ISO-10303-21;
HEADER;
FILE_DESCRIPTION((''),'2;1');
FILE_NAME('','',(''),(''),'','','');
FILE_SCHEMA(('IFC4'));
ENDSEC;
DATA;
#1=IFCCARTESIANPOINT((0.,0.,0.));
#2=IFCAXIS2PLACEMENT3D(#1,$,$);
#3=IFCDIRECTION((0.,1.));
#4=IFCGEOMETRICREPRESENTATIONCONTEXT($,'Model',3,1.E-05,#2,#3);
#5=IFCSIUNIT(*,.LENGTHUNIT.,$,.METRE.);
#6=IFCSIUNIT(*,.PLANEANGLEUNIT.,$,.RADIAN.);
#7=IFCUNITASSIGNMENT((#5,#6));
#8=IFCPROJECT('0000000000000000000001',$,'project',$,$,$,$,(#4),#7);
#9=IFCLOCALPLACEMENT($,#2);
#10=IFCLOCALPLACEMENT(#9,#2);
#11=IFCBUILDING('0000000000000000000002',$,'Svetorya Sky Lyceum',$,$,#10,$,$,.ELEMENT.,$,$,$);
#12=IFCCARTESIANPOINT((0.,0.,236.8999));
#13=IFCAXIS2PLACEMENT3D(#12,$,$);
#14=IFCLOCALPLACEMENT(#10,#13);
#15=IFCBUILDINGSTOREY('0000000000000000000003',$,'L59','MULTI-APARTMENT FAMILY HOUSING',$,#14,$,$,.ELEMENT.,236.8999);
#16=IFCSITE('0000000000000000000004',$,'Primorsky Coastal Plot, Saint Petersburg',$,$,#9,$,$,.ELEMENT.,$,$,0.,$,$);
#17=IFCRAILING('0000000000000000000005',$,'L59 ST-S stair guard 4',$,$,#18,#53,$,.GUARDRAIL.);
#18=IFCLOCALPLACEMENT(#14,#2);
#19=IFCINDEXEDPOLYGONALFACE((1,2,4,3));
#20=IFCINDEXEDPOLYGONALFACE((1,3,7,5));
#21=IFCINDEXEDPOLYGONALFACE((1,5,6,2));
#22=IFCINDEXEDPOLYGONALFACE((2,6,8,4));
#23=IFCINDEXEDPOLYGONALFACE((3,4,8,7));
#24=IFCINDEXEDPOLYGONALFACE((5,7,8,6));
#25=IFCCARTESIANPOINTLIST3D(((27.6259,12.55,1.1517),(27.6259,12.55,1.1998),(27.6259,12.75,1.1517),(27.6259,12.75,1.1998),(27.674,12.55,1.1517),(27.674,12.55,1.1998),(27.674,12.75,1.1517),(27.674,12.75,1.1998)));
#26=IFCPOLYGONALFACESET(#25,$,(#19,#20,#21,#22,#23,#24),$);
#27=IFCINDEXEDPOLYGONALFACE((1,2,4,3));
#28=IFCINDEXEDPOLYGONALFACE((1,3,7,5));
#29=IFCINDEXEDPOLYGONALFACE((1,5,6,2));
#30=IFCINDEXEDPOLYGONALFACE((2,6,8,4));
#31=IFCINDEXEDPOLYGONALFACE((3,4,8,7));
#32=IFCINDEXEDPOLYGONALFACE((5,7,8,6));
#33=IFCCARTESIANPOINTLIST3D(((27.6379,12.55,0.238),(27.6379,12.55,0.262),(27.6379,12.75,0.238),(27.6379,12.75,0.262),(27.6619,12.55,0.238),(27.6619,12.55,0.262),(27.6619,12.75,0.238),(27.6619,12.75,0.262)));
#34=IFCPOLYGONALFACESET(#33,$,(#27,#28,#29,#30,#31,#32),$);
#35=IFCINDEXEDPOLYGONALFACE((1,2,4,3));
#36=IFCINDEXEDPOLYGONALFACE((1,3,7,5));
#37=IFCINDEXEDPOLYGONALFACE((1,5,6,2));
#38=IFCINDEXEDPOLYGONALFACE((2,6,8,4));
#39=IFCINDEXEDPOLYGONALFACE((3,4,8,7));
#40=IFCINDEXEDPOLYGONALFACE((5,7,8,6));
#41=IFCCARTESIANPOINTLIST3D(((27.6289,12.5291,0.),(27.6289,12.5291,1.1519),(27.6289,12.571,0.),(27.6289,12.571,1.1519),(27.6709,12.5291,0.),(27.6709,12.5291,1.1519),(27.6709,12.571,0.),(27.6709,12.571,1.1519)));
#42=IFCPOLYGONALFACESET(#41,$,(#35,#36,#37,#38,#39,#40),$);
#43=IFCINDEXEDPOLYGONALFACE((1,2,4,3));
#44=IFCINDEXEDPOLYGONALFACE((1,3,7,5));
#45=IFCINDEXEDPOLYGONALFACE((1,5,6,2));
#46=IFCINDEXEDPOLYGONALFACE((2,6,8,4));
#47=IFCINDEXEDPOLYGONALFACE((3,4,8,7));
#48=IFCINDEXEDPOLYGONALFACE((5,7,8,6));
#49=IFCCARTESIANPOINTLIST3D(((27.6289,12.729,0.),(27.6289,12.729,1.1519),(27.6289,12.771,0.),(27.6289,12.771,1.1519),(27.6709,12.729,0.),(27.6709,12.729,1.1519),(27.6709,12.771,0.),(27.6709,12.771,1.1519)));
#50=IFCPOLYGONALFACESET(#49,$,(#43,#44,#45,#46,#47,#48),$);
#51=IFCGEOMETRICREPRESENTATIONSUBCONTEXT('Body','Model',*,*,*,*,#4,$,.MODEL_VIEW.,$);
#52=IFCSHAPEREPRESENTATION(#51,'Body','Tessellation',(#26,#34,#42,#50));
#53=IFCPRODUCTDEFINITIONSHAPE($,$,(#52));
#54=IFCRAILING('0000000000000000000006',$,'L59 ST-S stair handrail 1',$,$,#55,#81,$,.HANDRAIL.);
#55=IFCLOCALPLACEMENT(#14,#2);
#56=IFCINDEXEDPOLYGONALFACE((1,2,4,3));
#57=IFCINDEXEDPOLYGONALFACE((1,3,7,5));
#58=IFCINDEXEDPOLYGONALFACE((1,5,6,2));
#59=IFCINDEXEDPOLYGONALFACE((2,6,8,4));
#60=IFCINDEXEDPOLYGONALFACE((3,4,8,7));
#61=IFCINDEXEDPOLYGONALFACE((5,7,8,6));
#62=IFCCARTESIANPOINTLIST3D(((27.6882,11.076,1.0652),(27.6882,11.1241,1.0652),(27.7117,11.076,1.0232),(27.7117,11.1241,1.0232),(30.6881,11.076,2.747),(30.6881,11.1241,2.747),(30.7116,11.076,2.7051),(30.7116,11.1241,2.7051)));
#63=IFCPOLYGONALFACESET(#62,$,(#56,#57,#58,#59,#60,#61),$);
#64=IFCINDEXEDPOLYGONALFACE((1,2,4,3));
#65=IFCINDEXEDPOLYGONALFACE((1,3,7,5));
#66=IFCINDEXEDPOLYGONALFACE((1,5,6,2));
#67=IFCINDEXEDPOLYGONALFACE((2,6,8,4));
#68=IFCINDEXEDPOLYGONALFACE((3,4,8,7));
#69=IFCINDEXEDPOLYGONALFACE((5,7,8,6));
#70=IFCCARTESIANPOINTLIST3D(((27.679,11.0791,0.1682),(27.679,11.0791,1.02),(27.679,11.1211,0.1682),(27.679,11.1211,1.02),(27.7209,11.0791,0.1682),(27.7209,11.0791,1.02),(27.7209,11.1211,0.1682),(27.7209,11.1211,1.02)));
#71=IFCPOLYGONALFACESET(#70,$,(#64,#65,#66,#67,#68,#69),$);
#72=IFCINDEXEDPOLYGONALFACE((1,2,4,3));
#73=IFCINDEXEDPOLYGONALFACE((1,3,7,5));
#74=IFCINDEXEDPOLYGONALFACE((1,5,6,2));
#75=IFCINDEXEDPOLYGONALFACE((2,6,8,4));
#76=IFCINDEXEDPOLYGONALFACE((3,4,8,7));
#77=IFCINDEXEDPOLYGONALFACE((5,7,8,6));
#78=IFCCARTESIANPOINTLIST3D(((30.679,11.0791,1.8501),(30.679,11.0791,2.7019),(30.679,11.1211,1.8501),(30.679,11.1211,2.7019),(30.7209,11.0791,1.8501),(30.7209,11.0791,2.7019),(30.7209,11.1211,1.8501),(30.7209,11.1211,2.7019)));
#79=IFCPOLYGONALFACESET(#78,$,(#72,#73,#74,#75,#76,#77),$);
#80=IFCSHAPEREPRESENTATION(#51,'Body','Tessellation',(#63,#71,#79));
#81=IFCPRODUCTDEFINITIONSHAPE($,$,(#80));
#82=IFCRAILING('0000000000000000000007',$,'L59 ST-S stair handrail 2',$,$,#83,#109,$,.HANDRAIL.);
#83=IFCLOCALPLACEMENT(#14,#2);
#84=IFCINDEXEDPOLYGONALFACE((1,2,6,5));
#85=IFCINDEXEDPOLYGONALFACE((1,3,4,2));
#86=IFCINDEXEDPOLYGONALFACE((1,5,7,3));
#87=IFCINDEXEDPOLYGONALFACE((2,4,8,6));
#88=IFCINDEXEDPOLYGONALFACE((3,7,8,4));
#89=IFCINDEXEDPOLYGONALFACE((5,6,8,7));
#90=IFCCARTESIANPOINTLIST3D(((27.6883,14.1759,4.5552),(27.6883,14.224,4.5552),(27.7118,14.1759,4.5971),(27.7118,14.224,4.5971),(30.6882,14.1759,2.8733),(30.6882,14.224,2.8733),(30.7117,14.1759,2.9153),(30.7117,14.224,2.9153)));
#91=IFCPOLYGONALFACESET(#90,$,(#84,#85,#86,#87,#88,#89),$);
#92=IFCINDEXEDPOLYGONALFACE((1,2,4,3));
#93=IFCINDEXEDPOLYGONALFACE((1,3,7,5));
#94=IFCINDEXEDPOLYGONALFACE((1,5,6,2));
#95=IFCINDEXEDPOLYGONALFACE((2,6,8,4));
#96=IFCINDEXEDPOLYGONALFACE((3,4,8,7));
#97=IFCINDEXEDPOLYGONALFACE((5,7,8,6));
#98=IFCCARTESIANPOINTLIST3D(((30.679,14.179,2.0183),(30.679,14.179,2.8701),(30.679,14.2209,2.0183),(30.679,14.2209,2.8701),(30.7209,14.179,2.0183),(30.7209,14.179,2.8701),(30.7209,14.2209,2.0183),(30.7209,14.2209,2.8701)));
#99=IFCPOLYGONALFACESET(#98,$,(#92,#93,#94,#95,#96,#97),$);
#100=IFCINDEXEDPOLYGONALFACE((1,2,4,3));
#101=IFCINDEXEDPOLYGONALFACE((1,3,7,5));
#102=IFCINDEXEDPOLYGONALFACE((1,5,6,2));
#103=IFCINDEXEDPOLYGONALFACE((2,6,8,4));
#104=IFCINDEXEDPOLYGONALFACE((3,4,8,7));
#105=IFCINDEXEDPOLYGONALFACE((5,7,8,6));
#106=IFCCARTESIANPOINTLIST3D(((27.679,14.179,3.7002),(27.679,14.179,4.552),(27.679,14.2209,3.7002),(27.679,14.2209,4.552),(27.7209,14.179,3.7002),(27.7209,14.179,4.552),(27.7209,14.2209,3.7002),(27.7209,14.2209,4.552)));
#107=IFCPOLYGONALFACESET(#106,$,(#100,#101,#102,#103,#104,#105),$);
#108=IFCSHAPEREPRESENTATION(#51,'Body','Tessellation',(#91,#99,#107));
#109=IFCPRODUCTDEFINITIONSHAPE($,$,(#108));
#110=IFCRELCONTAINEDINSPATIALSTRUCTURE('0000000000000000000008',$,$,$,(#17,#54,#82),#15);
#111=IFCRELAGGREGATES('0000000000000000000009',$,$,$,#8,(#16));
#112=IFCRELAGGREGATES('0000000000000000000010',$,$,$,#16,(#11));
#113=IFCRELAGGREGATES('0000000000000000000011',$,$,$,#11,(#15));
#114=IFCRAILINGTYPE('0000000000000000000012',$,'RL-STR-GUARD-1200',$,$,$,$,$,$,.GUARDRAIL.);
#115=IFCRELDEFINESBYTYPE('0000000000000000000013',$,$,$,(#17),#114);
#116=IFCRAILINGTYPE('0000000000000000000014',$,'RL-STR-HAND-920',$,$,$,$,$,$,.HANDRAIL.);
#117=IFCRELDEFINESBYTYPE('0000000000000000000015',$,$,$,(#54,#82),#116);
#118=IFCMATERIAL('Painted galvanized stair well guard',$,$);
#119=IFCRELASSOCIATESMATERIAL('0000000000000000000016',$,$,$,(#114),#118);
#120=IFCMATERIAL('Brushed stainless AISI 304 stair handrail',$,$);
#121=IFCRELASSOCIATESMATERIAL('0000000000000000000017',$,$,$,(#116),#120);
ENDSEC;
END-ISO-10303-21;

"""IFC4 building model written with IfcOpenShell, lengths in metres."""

from ifc_helpers import new_model, si_unit, direction, frame, origin, origin_2d, place, context, subcontext, project, spatial, rectangle, extrude, material, type_object, element, save


model = new_model("IFC4")

# Units and contexts
model_context = context("Model", 3, precision=1e-05, world=origin(), true_north=direction((0.0, 1.0)))
body_context = subcontext(model_context, "Body", "Model", "MODEL_VIEW")
ifc_project = project(units=[si_unit("LENGTHUNIT", "METRE"), si_unit("PLANEANGLEUNIT", "RADIAN")], contexts=[model_context])

# Site, building, storey
site_placement = place(None, origin())
site = spatial("IfcSite", under=ifc_project, at=site_placement, Name="Primorsky Coastal Plot, Saint Petersburg", CompositionType="ELEMENT", RefElevation=0.0)
building_placement = place(site_placement, origin())
building = spatial("IfcBuilding", under=site, at=building_placement, Name="Svetorya Sky Lyceum", CompositionType="ELEMENT")
storey_placement = place(building_placement, frame((0.0, 0.0, 236.8999)))
storey = spatial("IfcBuildingStorey", under=building, at=storey_placement, Name="L59", Description="MULTI-APARTMENT FAMILY HOUSING", CompositionType="ELEMENT", Elevation=236.8999)

# Railings
ifc_material_1 = material(Name="Painted galvanized stair well guard")
railing_type_1 = type_object("IfcRailingType", Name="RL-STR-GUARD-1200", PredefinedType="GUARDRAIL", material=ifc_material_1)
railing_1_placement = place(storey_placement, frame((27.6499, 12.55, 0.0)))
element("IfcRailing", 1, at=railing_1_placement, inside=storey, type_object=railing_type_1, Name="L59 ST-S stair guard 4", PredefinedType="GUARDRAIL", context=body_context, shape_type="SweptSolid", body=[
    extrude(rectangle(XDim=0.0481, YDim=0.0481, at=origin_2d()), frame((0.0, 0.0, 1.1758), z_axis=(0.0, 1.0, 0.0), x_axis=(-1.0, 0.0, 0.0)), (0.0, 0.0, 1.0), 0.2),
    extrude(rectangle(XDim=0.0239, YDim=0.0239, at=origin_2d()), frame((0.0, 0.0, 0.25), z_axis=(0.0, 1.0, 0.0), x_axis=(-1.0, 0.0, 0.0)), (0.0, 0.0, 1.0), 0.2),
    extrude(rectangle(XDim=0.042, YDim=0.042, at=origin_2d()), origin(), (0.0, 0.0, 1.0), 1.1519),
    extrude(rectangle(XDim=0.042, YDim=0.042, at=origin_2d()), frame((0.0, 0.2, 0.0)), (0.0, 0.0, 1.0), 1.1519),
])
ifc_material_2 = material(Name="Brushed stainless AISI 304 stair handrail")
railing_type_2 = type_object("IfcRailingType", Name="RL-STR-HAND-920", PredefinedType="HANDRAIL", material=ifc_material_2)
railing_2_placement = place(storey_placement, frame((27.7, 11.1001, 0.1682)))
element("IfcRailing", 2, at=railing_2_placement, inside=storey, type_object=railing_type_2, Name="L59 ST-S stair handrail 1", PredefinedType="HANDRAIL", context=body_context, shape_type="SweptSolid", body=[
    extrude(rectangle(XDim=0.0481, YDim=0.0481, at=origin_2d()), frame((0.0, 0.0, 0.876), z_axis=(0.872272, 0.0, 0.48902), x_axis=(0.0, 1.0, 0.0)), (0.0, 0.0, 1.0), 3.4392),
    extrude(rectangle(XDim=0.042, YDim=0.042, at=origin_2d()), origin(), (0.0, 0.0, 1.0), 0.8518),
    extrude(rectangle(XDim=0.042, YDim=0.042, at=origin_2d()), frame((3.0, 0.0, 1.6819)), (0.0, 0.0, 1.0), 0.8518),
])
railing_3_placement = place(storey_placement, frame((30.7, 14.2, 2.0183)))
element("IfcRailing", 3, at=railing_3_placement, inside=storey, type_object=railing_type_2, Name="L59 ST-S stair handrail 2", PredefinedType="HANDRAIL", context=body_context, shape_type="SweptSolid", body=[
    extrude(rectangle(XDim=0.0481, YDim=0.0481, at=origin_2d()), frame((0.0, 0.0, 0.876), z_axis=(-0.872272, 0.0, 0.48902), x_axis=(0.0, -1.0, 0.0)), (0.0, 0.0, 1.0), 3.4392),
    extrude(rectangle(XDim=0.042, YDim=0.042, at=origin_2d()), origin(), (0.0, 0.0, 1.0), 0.8518),
    extrude(rectangle(XDim=0.042, YDim=0.042, at=origin_2d()), frame((-3.0, 0.0, 1.6819)), (0.0, 0.0, 1.0), 0.8518),
])

save(model, "model.ifc")
